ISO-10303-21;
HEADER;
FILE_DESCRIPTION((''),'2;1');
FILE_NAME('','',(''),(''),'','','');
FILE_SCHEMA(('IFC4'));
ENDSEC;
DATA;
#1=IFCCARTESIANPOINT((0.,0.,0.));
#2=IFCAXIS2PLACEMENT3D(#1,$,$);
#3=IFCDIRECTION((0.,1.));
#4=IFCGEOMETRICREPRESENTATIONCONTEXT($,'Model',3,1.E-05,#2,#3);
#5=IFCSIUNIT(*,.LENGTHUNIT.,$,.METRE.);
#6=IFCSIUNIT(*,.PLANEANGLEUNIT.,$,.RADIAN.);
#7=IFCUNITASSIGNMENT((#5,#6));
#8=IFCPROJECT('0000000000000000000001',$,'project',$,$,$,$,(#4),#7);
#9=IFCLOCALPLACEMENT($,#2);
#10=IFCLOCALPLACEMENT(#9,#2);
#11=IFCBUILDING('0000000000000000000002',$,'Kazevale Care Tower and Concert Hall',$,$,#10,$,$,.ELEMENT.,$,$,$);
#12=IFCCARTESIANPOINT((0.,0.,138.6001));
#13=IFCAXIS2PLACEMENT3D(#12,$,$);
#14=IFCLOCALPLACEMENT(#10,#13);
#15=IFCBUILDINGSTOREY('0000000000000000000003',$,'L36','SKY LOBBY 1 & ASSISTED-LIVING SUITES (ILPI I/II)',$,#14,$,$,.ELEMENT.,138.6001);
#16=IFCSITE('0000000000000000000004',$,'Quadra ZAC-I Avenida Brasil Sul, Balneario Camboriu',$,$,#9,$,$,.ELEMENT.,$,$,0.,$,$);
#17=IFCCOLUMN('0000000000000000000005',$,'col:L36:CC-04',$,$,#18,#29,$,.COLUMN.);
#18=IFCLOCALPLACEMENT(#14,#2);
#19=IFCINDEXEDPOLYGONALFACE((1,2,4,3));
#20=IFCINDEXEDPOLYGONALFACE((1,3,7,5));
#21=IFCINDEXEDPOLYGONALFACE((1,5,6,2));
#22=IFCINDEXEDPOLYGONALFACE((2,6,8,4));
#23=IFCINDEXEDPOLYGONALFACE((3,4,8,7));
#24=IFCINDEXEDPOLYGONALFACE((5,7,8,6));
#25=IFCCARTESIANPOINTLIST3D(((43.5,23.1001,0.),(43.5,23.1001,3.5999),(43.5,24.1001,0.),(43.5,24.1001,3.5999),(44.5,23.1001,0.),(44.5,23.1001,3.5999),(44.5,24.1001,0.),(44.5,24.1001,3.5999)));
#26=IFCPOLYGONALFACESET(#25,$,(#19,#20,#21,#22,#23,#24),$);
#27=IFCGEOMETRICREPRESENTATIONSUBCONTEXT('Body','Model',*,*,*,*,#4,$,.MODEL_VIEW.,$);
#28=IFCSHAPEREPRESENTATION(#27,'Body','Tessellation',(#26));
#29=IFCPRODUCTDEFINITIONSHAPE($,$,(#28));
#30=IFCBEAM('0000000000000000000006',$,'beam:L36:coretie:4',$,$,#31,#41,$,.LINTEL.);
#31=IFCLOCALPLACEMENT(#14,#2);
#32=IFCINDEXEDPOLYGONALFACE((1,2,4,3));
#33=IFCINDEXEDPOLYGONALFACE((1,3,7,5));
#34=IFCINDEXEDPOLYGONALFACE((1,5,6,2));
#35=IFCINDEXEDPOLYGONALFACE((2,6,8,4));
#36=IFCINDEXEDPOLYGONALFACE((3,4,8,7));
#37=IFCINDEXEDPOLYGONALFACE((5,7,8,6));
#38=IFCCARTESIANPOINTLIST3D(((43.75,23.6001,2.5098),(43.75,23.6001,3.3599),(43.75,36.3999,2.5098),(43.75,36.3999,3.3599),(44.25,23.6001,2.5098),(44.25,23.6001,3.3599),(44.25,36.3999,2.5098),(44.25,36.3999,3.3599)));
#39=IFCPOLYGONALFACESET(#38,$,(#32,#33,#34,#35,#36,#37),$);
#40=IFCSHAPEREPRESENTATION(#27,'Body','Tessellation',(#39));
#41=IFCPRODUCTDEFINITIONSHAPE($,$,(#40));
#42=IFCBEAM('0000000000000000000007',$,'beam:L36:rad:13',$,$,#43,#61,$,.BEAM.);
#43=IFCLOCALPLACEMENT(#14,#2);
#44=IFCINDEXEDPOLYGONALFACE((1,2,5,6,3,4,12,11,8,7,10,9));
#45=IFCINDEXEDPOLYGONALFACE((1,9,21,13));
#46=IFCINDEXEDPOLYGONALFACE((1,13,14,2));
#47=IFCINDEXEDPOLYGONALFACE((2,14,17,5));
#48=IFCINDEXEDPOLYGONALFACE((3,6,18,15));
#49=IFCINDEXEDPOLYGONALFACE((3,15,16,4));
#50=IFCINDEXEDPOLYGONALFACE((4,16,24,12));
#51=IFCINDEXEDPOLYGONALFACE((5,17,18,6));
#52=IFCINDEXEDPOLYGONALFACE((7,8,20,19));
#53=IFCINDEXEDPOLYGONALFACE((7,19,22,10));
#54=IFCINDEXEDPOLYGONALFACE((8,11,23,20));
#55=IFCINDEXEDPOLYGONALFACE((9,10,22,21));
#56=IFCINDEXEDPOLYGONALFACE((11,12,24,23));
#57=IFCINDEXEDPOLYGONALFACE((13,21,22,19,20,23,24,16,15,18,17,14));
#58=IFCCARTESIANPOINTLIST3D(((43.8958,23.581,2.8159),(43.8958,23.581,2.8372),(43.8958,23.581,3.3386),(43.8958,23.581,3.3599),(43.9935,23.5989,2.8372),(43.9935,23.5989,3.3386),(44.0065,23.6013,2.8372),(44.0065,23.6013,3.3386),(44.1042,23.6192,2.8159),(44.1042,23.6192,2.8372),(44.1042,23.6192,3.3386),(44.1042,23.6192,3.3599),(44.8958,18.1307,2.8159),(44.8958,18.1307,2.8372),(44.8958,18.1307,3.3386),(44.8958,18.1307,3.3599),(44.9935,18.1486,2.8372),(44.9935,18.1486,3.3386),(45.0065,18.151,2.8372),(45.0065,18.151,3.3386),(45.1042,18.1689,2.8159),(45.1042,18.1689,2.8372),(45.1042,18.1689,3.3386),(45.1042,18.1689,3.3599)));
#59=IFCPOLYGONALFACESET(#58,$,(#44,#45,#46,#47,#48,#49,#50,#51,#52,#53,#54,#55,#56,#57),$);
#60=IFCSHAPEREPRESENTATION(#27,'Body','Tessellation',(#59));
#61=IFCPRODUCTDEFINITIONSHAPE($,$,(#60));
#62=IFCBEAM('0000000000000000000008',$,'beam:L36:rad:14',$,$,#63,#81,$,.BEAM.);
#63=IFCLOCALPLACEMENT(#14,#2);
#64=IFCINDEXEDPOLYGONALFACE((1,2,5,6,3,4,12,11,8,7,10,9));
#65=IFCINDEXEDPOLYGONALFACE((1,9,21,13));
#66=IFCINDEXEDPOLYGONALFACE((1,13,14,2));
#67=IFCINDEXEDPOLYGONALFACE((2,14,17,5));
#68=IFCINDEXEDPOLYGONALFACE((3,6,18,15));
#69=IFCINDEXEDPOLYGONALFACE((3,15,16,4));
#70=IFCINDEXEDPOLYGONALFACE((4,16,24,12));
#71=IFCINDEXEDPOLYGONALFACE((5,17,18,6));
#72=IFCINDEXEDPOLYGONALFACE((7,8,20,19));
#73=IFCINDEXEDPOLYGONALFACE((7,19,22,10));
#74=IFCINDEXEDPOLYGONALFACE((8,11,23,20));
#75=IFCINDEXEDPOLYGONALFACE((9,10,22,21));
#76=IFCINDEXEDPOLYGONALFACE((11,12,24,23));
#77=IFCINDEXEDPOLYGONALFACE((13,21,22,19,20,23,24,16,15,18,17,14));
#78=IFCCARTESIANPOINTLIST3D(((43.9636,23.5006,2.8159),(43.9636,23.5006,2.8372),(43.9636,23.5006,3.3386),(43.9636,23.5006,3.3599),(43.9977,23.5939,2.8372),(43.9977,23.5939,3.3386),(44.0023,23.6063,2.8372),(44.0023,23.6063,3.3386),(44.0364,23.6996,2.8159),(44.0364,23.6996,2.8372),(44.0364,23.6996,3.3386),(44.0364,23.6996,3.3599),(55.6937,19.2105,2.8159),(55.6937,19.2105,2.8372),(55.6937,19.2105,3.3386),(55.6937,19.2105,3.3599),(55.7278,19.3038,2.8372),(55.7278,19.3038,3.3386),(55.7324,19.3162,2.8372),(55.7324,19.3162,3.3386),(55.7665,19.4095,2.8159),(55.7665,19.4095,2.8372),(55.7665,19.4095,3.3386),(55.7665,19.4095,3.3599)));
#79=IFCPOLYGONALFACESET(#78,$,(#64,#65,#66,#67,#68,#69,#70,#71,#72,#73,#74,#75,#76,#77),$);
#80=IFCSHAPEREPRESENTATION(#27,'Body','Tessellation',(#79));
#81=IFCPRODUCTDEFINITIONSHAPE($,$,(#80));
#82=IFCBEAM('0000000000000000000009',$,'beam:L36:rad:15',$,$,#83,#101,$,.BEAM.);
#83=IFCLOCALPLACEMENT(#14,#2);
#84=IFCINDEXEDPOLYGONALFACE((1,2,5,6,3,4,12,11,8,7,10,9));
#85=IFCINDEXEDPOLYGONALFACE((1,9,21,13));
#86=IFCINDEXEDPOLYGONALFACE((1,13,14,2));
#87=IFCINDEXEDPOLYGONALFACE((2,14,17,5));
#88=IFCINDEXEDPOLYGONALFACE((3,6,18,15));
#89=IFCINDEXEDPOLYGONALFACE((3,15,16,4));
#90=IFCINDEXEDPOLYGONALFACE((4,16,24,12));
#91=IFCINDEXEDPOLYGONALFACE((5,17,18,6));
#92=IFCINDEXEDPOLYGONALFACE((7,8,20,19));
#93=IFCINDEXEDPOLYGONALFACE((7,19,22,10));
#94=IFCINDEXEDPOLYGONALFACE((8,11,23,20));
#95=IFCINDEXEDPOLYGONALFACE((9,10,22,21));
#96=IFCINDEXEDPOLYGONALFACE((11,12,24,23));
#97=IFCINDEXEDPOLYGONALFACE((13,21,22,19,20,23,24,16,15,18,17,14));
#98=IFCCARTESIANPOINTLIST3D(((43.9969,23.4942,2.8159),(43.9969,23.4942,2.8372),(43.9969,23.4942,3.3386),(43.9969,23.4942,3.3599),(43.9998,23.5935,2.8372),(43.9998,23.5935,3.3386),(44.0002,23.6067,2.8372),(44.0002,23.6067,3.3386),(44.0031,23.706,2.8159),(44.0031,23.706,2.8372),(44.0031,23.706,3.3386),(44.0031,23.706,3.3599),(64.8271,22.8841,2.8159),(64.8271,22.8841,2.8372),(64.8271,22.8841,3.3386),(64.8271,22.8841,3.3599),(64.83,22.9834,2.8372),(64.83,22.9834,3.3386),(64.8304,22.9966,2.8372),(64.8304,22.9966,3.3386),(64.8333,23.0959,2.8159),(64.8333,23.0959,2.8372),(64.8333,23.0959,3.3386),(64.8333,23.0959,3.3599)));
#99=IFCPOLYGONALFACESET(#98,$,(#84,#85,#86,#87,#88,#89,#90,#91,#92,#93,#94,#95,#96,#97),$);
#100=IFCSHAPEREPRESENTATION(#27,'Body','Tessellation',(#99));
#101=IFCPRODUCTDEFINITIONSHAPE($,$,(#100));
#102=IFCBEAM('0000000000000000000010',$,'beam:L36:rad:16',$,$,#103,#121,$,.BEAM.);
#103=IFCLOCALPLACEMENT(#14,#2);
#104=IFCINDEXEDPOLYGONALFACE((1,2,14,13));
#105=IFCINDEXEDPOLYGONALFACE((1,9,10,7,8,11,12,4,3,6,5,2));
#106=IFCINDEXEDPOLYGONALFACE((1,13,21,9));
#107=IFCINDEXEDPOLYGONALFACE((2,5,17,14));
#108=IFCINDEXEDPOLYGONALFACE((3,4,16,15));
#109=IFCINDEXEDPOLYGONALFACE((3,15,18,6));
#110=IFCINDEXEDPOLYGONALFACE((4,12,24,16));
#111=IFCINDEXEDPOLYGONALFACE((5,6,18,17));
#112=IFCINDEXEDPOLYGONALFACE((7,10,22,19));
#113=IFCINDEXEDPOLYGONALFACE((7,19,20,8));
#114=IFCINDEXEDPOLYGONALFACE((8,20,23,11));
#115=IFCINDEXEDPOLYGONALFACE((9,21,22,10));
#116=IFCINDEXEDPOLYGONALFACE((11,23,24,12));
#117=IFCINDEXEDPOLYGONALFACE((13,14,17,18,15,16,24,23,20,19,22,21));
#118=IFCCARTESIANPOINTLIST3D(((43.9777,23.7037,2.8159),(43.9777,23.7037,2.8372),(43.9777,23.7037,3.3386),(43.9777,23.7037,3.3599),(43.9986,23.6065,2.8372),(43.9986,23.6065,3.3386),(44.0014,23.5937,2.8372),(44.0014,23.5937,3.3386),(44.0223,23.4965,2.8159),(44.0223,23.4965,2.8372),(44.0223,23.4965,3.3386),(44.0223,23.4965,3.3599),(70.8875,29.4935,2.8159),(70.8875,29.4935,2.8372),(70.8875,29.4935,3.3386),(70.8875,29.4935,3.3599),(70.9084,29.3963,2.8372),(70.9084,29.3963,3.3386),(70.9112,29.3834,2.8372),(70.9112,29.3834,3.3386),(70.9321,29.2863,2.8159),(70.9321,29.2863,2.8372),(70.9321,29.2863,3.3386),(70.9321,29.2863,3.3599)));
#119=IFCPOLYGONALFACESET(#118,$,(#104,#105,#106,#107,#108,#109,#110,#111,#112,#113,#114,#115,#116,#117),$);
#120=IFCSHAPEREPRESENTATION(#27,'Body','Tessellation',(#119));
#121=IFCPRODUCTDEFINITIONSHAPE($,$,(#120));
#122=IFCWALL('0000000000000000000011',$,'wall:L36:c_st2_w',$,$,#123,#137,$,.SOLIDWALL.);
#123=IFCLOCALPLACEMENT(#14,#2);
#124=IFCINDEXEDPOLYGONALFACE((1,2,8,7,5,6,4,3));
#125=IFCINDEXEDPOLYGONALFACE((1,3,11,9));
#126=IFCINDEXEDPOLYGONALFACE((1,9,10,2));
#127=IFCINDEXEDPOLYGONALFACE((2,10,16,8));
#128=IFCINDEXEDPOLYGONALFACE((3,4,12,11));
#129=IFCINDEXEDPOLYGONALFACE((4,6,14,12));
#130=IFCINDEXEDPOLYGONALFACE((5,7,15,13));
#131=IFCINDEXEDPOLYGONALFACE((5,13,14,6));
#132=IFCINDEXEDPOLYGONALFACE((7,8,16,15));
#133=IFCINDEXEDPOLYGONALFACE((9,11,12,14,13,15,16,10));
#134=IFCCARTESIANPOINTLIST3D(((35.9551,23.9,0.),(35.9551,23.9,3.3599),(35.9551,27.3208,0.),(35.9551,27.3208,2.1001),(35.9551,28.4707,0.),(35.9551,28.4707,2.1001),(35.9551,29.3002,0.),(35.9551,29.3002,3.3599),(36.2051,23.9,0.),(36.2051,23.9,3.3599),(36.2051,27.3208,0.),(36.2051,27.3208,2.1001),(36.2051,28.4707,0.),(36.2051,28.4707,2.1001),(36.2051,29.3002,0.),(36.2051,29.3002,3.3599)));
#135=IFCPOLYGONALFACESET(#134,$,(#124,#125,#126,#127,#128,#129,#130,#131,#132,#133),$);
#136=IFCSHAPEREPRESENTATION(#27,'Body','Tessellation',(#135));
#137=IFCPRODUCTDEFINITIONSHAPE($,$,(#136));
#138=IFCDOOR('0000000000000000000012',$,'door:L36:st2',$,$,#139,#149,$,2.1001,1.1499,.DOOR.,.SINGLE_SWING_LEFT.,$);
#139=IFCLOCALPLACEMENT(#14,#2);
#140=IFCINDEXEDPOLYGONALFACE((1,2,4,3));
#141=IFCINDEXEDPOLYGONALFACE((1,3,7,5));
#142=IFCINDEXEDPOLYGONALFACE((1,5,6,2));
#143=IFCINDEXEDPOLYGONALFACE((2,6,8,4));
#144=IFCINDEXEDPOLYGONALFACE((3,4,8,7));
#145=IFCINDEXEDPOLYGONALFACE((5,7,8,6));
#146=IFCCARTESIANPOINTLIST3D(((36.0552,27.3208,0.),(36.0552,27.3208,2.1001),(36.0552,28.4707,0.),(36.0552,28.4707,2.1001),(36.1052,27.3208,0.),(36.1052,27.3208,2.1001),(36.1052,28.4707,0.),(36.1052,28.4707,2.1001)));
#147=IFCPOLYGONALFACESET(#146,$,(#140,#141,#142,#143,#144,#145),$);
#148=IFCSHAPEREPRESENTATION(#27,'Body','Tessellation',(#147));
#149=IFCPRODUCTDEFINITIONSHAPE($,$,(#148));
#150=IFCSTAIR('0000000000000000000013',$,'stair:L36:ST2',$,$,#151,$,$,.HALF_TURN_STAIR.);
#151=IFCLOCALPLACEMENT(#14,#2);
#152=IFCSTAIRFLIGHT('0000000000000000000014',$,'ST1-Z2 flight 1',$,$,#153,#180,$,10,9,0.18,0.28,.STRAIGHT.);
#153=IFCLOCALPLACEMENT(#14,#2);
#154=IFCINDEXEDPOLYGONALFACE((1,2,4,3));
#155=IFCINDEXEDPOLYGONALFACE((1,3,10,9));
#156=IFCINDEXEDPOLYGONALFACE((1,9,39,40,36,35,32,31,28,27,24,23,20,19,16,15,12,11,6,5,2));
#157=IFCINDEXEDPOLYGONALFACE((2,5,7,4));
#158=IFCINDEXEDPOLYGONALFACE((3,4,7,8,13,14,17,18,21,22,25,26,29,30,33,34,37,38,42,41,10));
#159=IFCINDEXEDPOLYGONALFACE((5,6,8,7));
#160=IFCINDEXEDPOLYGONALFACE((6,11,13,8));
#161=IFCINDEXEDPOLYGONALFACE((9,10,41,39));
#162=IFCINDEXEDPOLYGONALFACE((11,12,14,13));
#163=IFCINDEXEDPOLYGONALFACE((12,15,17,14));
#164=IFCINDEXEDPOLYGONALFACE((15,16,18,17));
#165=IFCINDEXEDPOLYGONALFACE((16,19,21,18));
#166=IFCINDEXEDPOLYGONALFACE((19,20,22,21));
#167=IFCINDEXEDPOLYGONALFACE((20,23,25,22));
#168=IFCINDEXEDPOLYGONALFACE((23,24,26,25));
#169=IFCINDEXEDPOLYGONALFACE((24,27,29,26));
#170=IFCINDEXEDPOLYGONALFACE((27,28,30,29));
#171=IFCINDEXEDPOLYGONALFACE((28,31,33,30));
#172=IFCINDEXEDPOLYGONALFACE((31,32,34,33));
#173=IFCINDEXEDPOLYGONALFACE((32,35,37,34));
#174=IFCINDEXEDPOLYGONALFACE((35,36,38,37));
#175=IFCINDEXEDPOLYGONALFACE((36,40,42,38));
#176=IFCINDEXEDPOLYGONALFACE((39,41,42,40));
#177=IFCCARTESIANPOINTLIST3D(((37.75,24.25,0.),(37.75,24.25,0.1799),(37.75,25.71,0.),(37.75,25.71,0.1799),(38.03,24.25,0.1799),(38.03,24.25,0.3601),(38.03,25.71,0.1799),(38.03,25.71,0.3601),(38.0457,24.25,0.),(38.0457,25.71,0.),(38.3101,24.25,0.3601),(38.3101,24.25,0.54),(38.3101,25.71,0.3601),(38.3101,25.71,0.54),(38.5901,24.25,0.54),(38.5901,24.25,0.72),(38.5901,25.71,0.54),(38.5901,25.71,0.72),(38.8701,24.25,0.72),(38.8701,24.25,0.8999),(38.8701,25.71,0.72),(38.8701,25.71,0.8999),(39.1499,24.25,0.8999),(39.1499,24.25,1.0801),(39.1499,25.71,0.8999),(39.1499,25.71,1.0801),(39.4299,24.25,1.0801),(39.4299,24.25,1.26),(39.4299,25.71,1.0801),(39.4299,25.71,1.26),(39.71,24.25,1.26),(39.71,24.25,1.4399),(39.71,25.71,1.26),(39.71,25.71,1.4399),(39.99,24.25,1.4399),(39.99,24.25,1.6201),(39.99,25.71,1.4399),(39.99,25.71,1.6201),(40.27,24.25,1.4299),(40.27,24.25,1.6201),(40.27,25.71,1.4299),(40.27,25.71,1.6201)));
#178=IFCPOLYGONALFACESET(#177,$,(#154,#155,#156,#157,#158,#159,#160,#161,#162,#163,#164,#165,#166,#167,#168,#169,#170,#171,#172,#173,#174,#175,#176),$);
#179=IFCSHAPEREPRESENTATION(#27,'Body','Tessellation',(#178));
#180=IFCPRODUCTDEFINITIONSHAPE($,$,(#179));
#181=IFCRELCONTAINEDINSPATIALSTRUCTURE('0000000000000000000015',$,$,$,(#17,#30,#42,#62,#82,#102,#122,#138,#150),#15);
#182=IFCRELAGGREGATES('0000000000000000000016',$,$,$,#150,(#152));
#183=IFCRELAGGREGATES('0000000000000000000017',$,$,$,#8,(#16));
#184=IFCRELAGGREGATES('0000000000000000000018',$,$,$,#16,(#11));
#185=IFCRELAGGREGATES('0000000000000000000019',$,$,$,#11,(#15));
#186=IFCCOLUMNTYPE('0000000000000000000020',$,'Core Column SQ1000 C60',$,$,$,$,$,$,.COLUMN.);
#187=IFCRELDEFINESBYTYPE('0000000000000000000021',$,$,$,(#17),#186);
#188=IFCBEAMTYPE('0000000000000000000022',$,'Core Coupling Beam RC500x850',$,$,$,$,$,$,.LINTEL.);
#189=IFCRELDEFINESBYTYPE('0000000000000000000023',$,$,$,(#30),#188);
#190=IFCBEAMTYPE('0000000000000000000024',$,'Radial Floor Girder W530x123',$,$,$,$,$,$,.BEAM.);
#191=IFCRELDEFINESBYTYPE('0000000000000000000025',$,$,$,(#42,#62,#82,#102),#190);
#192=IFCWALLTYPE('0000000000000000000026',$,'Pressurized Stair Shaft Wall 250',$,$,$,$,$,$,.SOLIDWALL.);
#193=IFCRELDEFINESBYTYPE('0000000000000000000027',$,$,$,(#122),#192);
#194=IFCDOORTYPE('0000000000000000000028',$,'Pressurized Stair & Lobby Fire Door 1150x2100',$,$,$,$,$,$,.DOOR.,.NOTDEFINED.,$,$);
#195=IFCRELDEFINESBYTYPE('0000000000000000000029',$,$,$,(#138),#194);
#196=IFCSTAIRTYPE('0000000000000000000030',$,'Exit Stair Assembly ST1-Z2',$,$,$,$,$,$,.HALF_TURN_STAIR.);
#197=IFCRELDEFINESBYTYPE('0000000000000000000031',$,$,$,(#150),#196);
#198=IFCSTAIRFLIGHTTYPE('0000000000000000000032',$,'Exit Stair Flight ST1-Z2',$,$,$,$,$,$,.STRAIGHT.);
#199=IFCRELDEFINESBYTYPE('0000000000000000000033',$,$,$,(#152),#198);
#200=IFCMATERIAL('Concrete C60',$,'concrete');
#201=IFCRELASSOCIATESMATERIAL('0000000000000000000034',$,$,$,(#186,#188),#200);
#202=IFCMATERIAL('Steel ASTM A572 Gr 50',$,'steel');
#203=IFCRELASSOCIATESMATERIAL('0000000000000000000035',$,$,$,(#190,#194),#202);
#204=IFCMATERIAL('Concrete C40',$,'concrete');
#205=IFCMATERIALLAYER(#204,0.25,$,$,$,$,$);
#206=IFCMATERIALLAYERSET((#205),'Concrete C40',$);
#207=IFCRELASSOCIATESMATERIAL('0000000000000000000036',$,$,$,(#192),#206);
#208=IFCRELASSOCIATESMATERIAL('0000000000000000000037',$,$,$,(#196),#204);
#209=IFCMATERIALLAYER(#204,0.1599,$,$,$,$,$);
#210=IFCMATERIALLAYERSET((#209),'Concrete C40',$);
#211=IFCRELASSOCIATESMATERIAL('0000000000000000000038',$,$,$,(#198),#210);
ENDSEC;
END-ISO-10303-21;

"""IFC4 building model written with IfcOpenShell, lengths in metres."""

from ifc_helpers import new_model, si_unit, direction, frame, frame_2d, origin, origin_2d, place, context, subcontext, project, spatial, polyline, rectangle, i_section, outline, extrude, material, layer, layer_set, material_profile, profile_set, type_object, element, fill, aggregate, save


model = new_model("IFC4")

# Units and contexts
model_context = context("Model", 3, precision=1e-05, world=origin(), true_north=direction((0.0, 1.0)))
body_context = subcontext(model_context, "Body", "Model", "MODEL_VIEW")
ifc_project = project(units=[si_unit("LENGTHUNIT", "METRE"), si_unit("PLANEANGLEUNIT", "RADIAN")], contexts=[model_context])

# Site, building, storey
site_placement = place(None, origin())
site = spatial("IfcSite", under=ifc_project, at=site_placement, Name="Quadra ZAC-I Avenida Brasil Sul, Balneario Camboriu", CompositionType="ELEMENT", RefElevation=0.0)
building_placement = place(site_placement, origin())
building = spatial("IfcBuilding", under=site, at=building_placement, Name="Kazevale Care Tower and Concert Hall", CompositionType="ELEMENT")
storey_placement = place(building_placement, frame((0.0, 0.0, 138.6001)))
storey = spatial("IfcBuildingStorey", under=building, at=storey_placement, Name="L36", Description="SKY LOBBY 1 & ASSISTED-LIVING SUITES (ILPI I/II)", CompositionType="ELEMENT", Elevation=138.6001)

# Column
ifc_material_1 = material(Name="Concrete C60", Category="concrete")
ifc_material_profile_1 = material_profile(ifc_material_1, rectangle(XDim=1.0, YDim=1.0, at=origin_2d()), Name="RC-SQ1000")
ifc_profile_set_1 = profile_set([ifc_material_profile_1], Name="Concrete C60")
column_type = type_object("IfcColumnType", Name="Core Column SQ1000 C60", PredefinedType="COLUMN", material=ifc_profile_set_1)
column_placement = place(storey_placement, frame((44.0, 23.6001, 0.0), z_axis=(0.0, 0.0, 1.0), x_axis=(1.0, 0.0, 0.0)))
element("IfcColumn", 1, at=column_placement, inside=storey, type_object=column_type, Name="col:L36:CC-04", PredefinedType="COLUMN", context=body_context, shape_type="SweptSolid", body=[
    extrude(rectangle(XDim=1.0, YDim=1.0, at=origin_2d()), origin(), (0.0, 0.0, 1.0), 3.5999),
])

# Beams
ifc_material_profile_2 = material_profile(ifc_material_1, rectangle(XDim=0.5, YDim=0.8501, at=origin_2d()), Name="RC-B500x850")
ifc_profile_set_2 = profile_set([ifc_material_profile_2], Name="Concrete C60")
beam_type_1 = type_object("IfcBeamType", Name="Core Coupling Beam RC500x850", PredefinedType="LINTEL", material=ifc_profile_set_2)
beam_1_placement = place(storey_placement, frame((44.0, 23.6001, 2.9348), z_axis=(0.0, 1.0, 0.0), x_axis=(-1.0, 0.0, 0.0)))
element("IfcBeam", 2, at=beam_1_placement, inside=storey, type_object=beam_type_1, Name="beam:L36:coretie:4", PredefinedType="LINTEL", context=body_context, shape_type="SweptSolid", body=[
    extrude(rectangle(XDim=0.5, YDim=0.8501, at=origin_2d()), origin(), (0.0, 0.0, 1.0), 12.7998),
])
ifc_material_2 = material(Name="Steel ASTM A572 Gr 50", Category="steel")
ifc_material_profile_3 = material_profile(ifc_material_2, i_section(OverallWidth=0.2119, OverallDepth=0.5439, WebThickness=0.0132, FlangeThickness=0.0212, at=origin_2d()), Name="W530x123")
ifc_profile_set_3 = profile_set([ifc_material_profile_3], Name="Steel ASTM A572 Gr 50")
beam_type_2 = type_object("IfcBeamType", Name="Radial Floor Girder W530x123", PredefinedType="BEAM", material=ifc_profile_set_3)
beam_2_placement = place(storey_placement, frame((44.0, 23.6001, 3.0879), z_axis=(0.180467, -0.983581, 0.0), x_axis=(0.983581, 0.180467, 0.0)))
element("IfcBeam", 3, at=beam_2_placement, inside=storey, type_object=beam_type_2, Name="beam:L36:rad:13", PredefinedType="BEAM", context=body_context, shape_type="SweptSolid", body=[
    extrude(i_section(OverallWidth=0.2119, OverallDepth=0.5439, WebThickness=0.0132, FlangeThickness=0.0212, at=origin_2d()), origin(), (0.0, 0.0, 1.0), 5.5413),
])
beam_3_placement = place(storey_placement, frame((44.0, 23.6001, 3.0879), z_axis=(0.939159, -0.343481, 0.0), x_axis=(0.343481, 0.939159, 0.0)))
element("IfcBeam", 4, at=beam_3_placement, inside=storey, type_object=beam_type_2, Name="beam:L36:rad:14", PredefinedType="BEAM", context=body_context, shape_type="SweptSolid", body=[
    extrude(i_section(OverallWidth=0.2119, OverallDepth=0.5439, WebThickness=0.0132, FlangeThickness=0.0212, at=origin_2d()), origin(), (0.0, 0.0, 1.0), 12.49),
])
beam_4_placement = place(storey_placement, frame((44.0, 23.6001, 3.0879), z_axis=(0.999571, -0.029277, 0.0), x_axis=(0.029277, 0.999571, 0.0)))
element("IfcBeam", 5, at=beam_4_placement, inside=storey, type_object=beam_type_2, Name="beam:L36:rad:15", PredefinedType="BEAM", context=body_context, shape_type="SweptSolid", body=[
    extrude(i_section(OverallWidth=0.2119, OverallDepth=0.5439, WebThickness=0.0132, FlangeThickness=0.0212, at=origin_2d()), origin(), (0.0, 0.0, 1.0), 20.8391),
])
beam_5_placement = place(storey_placement, frame((44.0, 23.6001, 3.0879), z_axis=(0.977628, 0.210341, 0.0), x_axis=(-0.210341, 0.977628, 0.0)))
element("IfcBeam", 6, at=beam_5_placement, inside=storey, type_object=beam_type_2, Name="beam:L36:rad:16", PredefinedType="BEAM", context=body_context, shape_type="SweptSolid", body=[
    extrude(i_section(OverallWidth=0.2119, OverallDepth=0.5439, WebThickness=0.0132, FlangeThickness=0.0212, at=origin_2d()), origin(), (0.0, 0.0, 1.0), 27.5256),
])

# Wall, opening, door
ifc_material_3 = material(Name="Concrete C40", Category="concrete")
ifc_layer_1 = layer(ifc_material_3, 0.25)
ifc_layer_set_1 = layer_set([ifc_layer_1], Name="Concrete C40")
wall_type_1 = type_object("IfcWallType", Name="Pressurized Stair Shaft Wall 250", PredefinedType="SOLIDWALL", material=ifc_layer_set_1)
wall_1_placement = place(storey_placement, frame((36.0801, 23.8999, 0.0), z_axis=(0.0, 0.0, 1.0), x_axis=(0.0, 1.0, 0.0)))
wall_1 = element("IfcWall", 7, at=wall_1_placement, inside=storey, type_object=wall_type_1, Name="wall:L36:c_st2_w", PredefinedType="SOLIDWALL", context=body_context, shape_type="SweptSolid", body=[
    extrude(rectangle(XDim=5.4001, YDim=0.25, at=frame_2d((2.7002, 0.0))), origin(), (0.0, 0.0, 1.0), 3.3599),
])
opening_1_placement = place(wall_1_placement, frame((3.4209, 0.0, 0.0)))
opening_1 = element("IfcOpeningElement", 8, at=opening_1_placement, cuts=wall_1, PredefinedType="OPENING", context=body_context, shape_type="SweptSolid", body=[
    extrude(rectangle(XDim=1.1499, YDim=2.1001, at=frame_2d((0.575, 1.05))), frame((0.0, 0.135, 0.0), z_axis=(0.0, -1.0, 0.0), x_axis=(1.0, 0.0, 0.0)), (0.0, 0.0, 1.0), 0.27),
])
door_type_1 = type_object("IfcDoorType", Name="Pressurized Stair & Lobby Fire Door 1150x2100", OperationType="NOTDEFINED", PredefinedType="DOOR", material=ifc_material_2)
door_1_placement = place(opening_1_placement, origin())
door_1 = element("IfcDoor", 9, at=door_1_placement, inside=storey, type_object=door_type_1, Name="door:L36:st2", OperationType="SINGLE_SWING_LEFT", OverallHeight=2.1001, OverallWidth=1.1499, PredefinedType="DOOR", context=body_context, shape_type="SweptSolid", body=[
    extrude(rectangle(XDim=1.1499, YDim=2.1001, at=frame_2d((0.575, 1.05))), frame((0.0, 0.0249, 0.0), z_axis=(0.0, -1.0, 0.0), x_axis=(1.0, 0.0, 0.0)), (0.0, 0.0, 1.0), 0.05),
])
fill(opening_1, door_1)

# Stair, stair flight
stair_type = type_object("IfcStairType", Name="Exit Stair Assembly ST1-Z2", PredefinedType="HALF_TURN_STAIR", material=ifc_material_3)
stair_placement = place(storey_placement, origin())
stair = element("IfcStair", 10, at=stair_placement, inside=storey, type_object=stair_type, Name="stair:L36:ST2", PredefinedType="HALF_TURN_STAIR")
ifc_layer_2 = layer(ifc_material_3, 0.1599)
ifc_layer_set_2 = layer_set([ifc_layer_2], Name="Concrete C40")
stair_flight_type = type_object("IfcStairFlightType", Name="Exit Stair Flight ST1-Z2", PredefinedType="STRAIGHT", material=ifc_layer_set_2)
stair_flight_1_placement = place(storey_placement, frame((37.75, 24.98, 0.0), z_axis=(0.0, 0.0, 1.0), x_axis=(1.0, 0.0, 0.0)))
stair_flight_1 = element("IfcStairFlight", 11, at=stair_flight_1_placement, type_object=stair_flight_type, Name="ST1-Z2 flight 1", NumberOfRisers=10, NumberOfTreads=9, PredefinedType="STRAIGHT", RiserHeight=0.18, TreadLength=0.28, context=body_context, shape_type="SweptSolid", body=[
    extrude(outline(polyline([(0.0, 0.0), (0.0, 0.1799), (0.28, 0.1799), (0.28, 0.3601), (0.5601, 0.3601), (0.5601, 0.54), (0.8401, 0.54), (0.8401, 0.72), (1.1201, 0.72), (1.1201, 0.8999), (1.3999, 0.8999), (1.3999, 1.0801), (1.6799, 1.0801), (1.6799, 1.26), (1.96, 1.26), (1.96, 1.4399), (2.24, 1.4399), (2.24, 1.6201), (2.52, 1.6201), (2.52, 1.8), (2.52, 1.4299), (0.2957, 0.0), (0.0, 0.0)])), frame((0.0, 0.73, 0.0), z_axis=(0.0, -1.0, 0.0), x_axis=(1.0, 0.0, 0.0)), (0.0, 0.0, 1.0), 1.46),
])
aggregate(stair, [stair_flight_1])

save(model, "model.ifc")
